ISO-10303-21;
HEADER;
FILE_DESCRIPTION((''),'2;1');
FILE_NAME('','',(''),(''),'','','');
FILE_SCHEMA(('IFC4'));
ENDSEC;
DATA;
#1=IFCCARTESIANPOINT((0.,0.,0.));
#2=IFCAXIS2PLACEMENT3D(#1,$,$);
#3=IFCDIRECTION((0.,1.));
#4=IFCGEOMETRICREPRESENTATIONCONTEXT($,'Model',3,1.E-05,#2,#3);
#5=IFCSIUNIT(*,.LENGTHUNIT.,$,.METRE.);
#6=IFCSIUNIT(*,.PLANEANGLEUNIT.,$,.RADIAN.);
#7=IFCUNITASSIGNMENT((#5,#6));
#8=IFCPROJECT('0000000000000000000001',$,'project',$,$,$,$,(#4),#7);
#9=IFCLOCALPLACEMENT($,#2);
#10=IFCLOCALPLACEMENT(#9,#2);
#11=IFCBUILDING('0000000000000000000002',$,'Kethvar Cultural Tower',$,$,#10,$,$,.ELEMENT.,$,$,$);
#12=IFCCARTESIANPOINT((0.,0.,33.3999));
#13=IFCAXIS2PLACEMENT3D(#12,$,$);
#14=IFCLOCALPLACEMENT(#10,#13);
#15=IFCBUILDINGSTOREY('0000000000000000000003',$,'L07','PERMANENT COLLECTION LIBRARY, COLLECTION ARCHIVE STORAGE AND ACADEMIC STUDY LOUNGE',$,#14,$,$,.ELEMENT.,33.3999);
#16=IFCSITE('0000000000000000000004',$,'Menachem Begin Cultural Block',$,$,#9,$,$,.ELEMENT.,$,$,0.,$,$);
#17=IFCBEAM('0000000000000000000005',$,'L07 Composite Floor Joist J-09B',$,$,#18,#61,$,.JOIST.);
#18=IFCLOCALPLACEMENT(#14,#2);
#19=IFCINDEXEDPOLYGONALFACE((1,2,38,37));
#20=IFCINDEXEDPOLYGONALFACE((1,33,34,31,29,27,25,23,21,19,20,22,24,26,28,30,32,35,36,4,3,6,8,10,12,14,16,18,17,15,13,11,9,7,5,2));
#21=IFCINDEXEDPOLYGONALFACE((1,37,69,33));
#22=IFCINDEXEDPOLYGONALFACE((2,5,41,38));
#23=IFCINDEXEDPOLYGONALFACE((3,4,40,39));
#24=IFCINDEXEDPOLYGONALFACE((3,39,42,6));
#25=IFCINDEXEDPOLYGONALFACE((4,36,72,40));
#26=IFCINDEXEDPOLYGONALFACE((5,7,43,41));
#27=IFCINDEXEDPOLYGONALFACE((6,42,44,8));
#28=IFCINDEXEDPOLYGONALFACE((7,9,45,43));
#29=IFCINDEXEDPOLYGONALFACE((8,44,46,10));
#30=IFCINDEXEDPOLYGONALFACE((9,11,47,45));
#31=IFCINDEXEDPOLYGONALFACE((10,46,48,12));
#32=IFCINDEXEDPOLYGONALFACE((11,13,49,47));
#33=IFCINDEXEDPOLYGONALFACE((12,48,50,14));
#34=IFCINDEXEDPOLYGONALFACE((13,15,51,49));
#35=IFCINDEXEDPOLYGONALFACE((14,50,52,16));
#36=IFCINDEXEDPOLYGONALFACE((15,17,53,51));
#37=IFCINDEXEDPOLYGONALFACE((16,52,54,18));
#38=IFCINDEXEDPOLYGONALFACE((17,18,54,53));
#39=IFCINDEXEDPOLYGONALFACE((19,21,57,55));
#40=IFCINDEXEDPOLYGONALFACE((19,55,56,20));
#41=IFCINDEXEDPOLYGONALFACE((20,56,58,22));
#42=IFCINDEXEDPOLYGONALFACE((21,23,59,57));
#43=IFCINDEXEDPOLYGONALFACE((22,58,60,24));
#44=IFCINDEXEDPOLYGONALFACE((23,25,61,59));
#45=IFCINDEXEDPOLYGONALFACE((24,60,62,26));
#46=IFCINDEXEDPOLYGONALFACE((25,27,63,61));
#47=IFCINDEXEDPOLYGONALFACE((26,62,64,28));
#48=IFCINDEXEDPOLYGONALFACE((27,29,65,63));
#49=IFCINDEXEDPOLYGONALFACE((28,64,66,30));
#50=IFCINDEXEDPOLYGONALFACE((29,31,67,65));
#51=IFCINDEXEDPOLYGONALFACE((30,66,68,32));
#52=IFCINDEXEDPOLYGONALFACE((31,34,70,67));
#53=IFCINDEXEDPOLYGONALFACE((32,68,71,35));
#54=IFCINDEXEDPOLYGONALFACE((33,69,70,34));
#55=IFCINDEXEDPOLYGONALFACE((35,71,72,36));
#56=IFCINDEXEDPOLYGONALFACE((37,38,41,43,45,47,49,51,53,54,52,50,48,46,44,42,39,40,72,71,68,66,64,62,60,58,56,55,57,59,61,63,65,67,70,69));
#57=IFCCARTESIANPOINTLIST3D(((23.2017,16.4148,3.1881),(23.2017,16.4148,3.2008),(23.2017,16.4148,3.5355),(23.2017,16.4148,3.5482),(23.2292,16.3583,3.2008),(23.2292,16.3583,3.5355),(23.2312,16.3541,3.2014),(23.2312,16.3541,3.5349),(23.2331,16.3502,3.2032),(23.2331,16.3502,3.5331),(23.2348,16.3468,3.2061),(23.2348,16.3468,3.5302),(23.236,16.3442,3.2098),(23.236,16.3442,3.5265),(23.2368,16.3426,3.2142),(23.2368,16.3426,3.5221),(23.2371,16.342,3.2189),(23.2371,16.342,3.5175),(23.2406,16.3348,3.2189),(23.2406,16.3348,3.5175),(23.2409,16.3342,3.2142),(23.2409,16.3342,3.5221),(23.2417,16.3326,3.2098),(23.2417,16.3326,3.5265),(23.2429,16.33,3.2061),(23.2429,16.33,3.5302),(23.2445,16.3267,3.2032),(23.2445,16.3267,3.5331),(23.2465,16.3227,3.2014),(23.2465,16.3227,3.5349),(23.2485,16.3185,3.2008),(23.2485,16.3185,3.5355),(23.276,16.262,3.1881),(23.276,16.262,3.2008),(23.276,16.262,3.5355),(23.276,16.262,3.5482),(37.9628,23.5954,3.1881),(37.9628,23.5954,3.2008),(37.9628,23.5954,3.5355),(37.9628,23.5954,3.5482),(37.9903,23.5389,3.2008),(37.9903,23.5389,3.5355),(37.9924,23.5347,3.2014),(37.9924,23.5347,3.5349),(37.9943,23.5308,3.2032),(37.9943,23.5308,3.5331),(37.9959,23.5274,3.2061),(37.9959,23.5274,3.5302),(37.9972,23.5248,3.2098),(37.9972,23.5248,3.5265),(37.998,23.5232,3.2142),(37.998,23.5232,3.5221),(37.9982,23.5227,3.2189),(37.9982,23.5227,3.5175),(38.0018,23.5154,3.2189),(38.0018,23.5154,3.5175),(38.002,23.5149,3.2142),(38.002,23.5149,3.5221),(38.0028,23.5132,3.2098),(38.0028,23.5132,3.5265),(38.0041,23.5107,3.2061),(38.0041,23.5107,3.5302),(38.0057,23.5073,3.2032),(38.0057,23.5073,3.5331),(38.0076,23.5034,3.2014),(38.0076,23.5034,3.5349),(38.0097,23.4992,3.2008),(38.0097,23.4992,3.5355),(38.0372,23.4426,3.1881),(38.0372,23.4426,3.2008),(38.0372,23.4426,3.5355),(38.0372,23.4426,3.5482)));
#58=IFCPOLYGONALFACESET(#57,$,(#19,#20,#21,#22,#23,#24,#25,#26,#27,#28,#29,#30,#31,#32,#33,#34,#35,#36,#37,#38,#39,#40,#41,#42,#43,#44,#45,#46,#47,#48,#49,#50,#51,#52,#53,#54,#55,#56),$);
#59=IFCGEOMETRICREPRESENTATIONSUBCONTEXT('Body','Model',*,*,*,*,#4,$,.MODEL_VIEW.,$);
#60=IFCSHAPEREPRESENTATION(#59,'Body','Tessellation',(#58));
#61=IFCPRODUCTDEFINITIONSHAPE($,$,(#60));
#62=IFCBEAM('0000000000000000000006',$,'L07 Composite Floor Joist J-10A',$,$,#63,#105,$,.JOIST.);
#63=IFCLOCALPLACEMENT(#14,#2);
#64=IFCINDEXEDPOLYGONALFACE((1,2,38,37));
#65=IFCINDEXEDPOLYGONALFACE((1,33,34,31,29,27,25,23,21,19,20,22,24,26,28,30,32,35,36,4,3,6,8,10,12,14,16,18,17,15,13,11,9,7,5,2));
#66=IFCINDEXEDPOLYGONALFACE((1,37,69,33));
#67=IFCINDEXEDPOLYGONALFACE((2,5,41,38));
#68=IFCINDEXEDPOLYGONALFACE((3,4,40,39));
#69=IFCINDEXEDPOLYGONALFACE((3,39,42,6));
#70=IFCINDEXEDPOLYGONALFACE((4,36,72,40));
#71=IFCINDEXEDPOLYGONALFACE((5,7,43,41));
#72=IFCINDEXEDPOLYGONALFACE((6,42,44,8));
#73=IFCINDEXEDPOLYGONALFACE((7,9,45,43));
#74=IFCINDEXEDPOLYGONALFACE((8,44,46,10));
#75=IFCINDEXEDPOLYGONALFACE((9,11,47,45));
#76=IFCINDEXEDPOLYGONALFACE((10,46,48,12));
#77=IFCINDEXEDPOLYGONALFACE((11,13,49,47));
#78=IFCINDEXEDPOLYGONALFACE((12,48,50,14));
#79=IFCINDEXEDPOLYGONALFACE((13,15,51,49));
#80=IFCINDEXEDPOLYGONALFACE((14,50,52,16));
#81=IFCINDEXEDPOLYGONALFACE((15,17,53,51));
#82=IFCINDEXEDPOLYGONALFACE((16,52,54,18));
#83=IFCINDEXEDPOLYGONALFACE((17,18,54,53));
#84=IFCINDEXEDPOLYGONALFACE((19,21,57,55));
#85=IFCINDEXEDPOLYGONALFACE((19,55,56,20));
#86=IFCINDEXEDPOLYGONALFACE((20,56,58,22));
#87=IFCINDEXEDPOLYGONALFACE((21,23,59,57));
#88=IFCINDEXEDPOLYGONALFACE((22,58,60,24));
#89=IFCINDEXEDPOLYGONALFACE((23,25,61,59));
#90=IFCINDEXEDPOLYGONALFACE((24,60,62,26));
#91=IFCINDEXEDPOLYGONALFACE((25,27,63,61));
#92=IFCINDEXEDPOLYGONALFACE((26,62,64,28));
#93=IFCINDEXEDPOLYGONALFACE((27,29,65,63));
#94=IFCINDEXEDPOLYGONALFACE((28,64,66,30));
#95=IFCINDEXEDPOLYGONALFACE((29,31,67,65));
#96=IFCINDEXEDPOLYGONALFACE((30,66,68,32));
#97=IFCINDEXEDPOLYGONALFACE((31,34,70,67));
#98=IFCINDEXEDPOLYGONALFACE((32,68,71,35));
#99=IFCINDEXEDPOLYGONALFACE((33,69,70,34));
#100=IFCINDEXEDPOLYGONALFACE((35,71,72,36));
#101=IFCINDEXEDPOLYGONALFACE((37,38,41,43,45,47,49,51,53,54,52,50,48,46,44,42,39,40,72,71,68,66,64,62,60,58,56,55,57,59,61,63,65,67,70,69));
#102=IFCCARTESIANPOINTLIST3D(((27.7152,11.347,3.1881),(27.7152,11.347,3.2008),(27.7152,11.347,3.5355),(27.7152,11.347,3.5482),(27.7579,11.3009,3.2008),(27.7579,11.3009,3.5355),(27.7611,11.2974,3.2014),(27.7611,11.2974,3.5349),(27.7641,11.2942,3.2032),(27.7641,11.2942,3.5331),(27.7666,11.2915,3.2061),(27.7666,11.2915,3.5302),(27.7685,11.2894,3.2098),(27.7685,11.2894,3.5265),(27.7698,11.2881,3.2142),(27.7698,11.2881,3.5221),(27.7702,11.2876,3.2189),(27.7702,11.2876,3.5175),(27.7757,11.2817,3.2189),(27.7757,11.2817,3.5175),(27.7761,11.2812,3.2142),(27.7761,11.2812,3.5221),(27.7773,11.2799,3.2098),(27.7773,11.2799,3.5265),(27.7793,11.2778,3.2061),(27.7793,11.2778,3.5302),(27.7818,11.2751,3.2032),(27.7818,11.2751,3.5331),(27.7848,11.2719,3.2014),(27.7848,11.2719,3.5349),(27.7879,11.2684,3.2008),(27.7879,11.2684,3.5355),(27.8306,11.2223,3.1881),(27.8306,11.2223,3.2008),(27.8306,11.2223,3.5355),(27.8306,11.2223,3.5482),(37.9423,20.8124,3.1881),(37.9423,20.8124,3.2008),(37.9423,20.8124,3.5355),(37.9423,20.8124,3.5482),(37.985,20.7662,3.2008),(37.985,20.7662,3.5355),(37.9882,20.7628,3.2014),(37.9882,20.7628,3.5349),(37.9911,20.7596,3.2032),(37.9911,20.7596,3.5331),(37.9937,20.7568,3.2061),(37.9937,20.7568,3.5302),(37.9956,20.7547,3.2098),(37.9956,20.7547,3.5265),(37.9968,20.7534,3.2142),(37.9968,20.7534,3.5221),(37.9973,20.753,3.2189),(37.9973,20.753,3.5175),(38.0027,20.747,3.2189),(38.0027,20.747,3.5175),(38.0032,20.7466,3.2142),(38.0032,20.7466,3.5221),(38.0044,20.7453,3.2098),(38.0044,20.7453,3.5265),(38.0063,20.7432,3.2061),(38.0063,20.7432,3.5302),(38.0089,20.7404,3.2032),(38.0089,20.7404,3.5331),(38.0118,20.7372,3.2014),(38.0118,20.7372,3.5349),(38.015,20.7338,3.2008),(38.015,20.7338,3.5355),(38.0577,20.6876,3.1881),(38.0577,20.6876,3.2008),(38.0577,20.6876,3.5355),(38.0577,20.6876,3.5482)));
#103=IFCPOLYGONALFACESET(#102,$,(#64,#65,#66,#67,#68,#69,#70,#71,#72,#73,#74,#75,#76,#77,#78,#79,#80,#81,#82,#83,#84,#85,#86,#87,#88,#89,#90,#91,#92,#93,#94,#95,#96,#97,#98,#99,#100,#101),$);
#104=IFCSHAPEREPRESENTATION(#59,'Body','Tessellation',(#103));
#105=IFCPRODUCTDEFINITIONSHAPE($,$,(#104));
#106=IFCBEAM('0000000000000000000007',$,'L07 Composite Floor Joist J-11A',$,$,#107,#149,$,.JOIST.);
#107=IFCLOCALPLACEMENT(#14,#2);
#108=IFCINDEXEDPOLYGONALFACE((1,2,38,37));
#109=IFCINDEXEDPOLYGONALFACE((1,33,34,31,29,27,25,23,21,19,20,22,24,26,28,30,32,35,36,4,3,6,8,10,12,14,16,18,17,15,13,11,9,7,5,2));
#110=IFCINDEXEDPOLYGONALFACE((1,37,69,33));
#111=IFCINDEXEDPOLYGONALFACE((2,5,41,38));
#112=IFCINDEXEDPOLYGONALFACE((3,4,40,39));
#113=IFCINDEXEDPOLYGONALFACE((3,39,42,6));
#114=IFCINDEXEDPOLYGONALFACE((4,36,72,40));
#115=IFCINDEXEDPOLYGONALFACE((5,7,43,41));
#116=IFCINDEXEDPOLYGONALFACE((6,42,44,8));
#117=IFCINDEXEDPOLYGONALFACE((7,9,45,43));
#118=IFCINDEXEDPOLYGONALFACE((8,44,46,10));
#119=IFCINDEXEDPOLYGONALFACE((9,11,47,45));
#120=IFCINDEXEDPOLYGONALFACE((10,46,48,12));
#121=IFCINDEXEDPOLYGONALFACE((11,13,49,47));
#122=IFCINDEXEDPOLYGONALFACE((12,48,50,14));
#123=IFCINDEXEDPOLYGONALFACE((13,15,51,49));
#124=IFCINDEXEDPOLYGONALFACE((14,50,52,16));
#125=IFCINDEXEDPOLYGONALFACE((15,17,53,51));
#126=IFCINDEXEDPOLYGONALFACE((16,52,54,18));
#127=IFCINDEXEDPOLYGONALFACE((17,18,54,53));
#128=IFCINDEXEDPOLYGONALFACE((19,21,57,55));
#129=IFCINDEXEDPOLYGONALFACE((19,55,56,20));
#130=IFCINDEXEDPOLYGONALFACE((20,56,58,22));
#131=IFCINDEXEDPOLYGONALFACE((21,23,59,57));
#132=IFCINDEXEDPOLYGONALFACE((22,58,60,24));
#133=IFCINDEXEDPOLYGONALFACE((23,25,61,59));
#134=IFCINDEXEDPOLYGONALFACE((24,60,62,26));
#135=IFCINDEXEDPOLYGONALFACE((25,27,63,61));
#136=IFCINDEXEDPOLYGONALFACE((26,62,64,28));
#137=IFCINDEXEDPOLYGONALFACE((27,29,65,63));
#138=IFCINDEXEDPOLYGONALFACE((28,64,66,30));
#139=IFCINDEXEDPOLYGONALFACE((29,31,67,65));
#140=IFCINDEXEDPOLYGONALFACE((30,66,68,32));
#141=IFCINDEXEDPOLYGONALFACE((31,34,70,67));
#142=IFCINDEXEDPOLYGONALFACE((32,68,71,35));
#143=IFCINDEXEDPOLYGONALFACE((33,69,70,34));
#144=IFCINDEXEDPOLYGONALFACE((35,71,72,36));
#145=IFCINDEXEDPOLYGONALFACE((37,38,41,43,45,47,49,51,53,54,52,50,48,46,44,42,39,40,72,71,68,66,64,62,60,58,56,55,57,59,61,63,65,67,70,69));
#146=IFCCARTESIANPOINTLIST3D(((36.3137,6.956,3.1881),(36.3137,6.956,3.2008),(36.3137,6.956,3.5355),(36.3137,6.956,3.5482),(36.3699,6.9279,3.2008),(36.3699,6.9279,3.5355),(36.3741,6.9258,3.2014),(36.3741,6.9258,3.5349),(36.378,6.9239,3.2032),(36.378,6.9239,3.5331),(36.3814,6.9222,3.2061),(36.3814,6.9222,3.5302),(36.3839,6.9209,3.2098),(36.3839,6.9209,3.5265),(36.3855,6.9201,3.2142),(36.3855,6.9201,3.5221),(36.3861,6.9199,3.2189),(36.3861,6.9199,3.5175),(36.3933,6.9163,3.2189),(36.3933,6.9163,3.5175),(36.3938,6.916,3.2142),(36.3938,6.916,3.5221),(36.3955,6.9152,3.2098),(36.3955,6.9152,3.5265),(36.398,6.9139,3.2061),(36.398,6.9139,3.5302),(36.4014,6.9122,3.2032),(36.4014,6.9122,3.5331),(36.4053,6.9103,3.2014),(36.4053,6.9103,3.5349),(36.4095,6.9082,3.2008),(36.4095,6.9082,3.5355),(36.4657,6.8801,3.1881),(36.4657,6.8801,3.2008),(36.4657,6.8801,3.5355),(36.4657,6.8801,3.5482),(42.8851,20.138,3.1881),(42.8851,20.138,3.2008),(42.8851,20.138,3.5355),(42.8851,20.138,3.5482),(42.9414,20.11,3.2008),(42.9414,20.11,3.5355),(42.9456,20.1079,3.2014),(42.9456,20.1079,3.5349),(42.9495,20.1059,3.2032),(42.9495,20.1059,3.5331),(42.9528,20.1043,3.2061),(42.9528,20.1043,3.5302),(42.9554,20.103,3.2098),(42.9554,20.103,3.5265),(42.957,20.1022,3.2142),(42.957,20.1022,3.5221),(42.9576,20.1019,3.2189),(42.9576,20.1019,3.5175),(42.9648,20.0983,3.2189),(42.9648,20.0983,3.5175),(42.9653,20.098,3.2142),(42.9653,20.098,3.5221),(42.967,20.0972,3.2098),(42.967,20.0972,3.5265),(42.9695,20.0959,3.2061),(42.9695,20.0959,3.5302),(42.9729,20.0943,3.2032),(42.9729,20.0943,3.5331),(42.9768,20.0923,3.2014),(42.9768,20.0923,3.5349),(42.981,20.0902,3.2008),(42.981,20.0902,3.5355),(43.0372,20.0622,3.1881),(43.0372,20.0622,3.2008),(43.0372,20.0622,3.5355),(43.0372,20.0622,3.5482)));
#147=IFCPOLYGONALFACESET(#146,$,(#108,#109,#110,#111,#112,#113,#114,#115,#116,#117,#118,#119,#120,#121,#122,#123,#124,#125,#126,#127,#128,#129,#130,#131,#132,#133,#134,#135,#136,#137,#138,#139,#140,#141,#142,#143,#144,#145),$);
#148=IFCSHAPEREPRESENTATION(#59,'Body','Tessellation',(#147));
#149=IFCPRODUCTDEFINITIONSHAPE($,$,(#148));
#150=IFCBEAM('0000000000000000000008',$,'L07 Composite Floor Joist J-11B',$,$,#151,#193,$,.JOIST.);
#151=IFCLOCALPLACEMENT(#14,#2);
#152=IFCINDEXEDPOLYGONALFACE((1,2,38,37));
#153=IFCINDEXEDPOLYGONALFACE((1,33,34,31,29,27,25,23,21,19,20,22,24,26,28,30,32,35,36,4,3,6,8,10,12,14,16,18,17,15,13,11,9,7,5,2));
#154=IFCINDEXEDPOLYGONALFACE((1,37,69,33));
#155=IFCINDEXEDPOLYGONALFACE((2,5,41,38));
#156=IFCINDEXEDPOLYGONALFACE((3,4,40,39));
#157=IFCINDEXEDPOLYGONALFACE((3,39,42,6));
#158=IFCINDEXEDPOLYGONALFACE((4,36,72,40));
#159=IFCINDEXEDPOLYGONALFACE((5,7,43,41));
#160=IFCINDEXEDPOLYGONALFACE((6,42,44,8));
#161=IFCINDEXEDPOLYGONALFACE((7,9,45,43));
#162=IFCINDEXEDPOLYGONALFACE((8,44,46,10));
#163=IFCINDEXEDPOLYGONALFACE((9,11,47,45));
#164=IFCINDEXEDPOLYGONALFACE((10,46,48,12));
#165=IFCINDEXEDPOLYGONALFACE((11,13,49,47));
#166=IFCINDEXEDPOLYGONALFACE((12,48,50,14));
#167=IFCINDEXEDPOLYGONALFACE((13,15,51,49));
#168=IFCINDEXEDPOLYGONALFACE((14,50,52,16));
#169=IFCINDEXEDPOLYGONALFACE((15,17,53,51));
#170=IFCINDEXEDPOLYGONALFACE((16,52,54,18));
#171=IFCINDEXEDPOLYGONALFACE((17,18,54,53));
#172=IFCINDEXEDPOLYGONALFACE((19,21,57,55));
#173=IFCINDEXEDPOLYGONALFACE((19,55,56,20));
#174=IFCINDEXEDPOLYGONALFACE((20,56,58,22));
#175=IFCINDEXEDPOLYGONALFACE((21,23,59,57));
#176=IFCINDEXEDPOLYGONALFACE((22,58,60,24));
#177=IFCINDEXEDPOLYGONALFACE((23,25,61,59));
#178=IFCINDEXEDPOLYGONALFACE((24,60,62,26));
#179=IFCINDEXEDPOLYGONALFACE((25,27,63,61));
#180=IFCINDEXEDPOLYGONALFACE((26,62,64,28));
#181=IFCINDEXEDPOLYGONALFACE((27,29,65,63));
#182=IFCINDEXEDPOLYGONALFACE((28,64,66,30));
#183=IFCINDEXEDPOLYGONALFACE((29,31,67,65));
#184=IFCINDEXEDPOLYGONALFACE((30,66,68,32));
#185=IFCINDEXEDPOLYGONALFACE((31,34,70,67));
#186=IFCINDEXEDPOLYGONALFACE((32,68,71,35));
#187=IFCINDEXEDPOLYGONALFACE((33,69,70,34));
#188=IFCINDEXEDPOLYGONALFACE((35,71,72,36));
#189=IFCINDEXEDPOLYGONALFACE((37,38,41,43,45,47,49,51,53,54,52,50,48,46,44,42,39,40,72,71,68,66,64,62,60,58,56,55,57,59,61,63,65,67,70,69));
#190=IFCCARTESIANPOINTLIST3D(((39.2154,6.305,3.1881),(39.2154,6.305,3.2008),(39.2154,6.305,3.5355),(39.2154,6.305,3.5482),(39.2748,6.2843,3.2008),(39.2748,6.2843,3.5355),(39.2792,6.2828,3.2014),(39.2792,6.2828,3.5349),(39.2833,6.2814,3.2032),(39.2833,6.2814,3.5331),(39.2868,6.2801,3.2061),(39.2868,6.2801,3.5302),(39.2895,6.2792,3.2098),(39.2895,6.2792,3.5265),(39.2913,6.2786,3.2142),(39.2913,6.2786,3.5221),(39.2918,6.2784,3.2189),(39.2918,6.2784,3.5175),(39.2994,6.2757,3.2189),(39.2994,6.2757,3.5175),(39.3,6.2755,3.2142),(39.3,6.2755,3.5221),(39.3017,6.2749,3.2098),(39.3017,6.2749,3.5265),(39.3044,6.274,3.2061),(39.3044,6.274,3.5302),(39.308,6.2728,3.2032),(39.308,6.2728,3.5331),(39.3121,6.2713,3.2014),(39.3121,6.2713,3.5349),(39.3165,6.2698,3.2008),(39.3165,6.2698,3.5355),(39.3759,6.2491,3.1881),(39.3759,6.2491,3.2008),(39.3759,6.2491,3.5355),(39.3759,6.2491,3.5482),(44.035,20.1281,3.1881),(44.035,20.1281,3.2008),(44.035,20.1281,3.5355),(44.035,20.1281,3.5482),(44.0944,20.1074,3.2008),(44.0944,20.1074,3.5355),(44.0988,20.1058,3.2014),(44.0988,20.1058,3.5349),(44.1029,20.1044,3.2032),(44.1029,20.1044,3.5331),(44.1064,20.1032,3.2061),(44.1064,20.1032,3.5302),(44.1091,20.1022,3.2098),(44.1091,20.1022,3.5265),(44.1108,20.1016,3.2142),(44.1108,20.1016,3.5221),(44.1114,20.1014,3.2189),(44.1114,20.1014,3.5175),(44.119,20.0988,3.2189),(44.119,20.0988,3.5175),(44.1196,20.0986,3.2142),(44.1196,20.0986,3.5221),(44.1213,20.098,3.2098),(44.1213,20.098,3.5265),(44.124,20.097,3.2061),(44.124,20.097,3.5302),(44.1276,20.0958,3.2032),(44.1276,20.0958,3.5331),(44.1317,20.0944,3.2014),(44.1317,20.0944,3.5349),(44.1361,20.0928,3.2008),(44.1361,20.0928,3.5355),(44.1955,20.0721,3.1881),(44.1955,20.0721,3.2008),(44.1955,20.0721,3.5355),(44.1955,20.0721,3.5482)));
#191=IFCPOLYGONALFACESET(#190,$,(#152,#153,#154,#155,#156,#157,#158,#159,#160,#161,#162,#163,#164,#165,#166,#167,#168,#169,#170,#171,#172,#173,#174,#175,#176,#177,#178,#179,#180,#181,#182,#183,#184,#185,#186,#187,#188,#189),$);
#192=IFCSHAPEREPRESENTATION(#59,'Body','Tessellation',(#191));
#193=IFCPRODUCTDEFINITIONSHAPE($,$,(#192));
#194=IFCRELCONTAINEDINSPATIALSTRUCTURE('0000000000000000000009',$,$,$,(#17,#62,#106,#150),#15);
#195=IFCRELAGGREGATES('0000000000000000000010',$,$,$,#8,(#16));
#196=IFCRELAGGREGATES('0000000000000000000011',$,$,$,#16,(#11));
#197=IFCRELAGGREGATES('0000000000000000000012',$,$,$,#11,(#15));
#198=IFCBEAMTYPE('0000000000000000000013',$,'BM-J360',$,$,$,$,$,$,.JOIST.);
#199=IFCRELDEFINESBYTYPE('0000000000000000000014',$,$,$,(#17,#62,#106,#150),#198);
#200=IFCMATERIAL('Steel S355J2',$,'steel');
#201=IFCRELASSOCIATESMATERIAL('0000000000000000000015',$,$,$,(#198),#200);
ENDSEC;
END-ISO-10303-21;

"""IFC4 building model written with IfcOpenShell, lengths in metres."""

from ifc_helpers import new_model, si_unit, direction, frame, origin, origin_2d, place, context, subcontext, project, spatial, i_section, extrude, source, transform, mapped, material, material_profile, profile_set, type_object, element, save


model = new_model("IFC4")

# Units and contexts
model_context = context("Model", 3, precision=1e-05, world=origin(), true_north=direction((0.0, 1.0)))
body_context = subcontext(model_context, "Body", "Model", "MODEL_VIEW")
ifc_project = project(units=[si_unit("LENGTHUNIT", "METRE"), si_unit("PLANEANGLEUNIT", "RADIAN")], contexts=[model_context])

# Site, building, storey
site_placement = place(None, origin())
site = spatial("IfcSite", under=ifc_project, at=site_placement, Name="Menachem Begin Cultural Block", CompositionType="ELEMENT", RefElevation=0.0)
building_placement = place(site_placement, origin())
building = spatial("IfcBuilding", under=site, at=building_placement, Name="Kethvar Cultural Tower", CompositionType="ELEMENT")
storey_placement = place(building_placement, frame((0.0, 0.0, 33.3999)))
storey = spatial("IfcBuildingStorey", under=building, at=storey_placement, Name="L07", Description="PERMANENT COLLECTION LIBRARY, COLLECTION ARCHIVE STORAGE AND ACADEMIC STUDY LOUNGE", CompositionType="ELEMENT", Elevation=33.3999)

# Beams
ifc_material_1 = material(Name="Steel S355J2", Category="steel")
ifc_material_profile_1 = material_profile(ifc_material_1, i_section(OverallWidth=0.1699, OverallDepth=0.3601, WebThickness=0.0081, FlangeThickness=0.0127, FilletRadius=0.0181, at=origin_2d()), Name="Steel S355J2 — IPE360")
ifc_profile_set_1 = profile_set([ifc_material_profile_1], Name="Steel S355J2 — IPE360")
beam_type_1 = type_object("IfcBeamType", Name="BM-J360", PredefinedType="JOIST", material=ifc_profile_set_1)
shared_shape_1 = source(origin(), body_context, "Body", "SweptSolid", [
    extrude(i_section(OverallWidth=0.1699, OverallDepth=0.3601, WebThickness=0.0081, FlangeThickness=0.0127, FilletRadius=0.0181, at=origin_2d()), origin(), (0.0, 0.0, 1.0), 16.415),
])
beam_1_placement = place(storey_placement, frame((38.0, 23.519, 3.3682), z_axis=(-0.899246, -0.437442, 0.0), x_axis=(0.437442, -0.899246, 0.0)))
element("IfcBeam", 1, at=beam_1_placement, inside=storey, type_object=beam_type_1, Name="L07 Composite Floor Joist J-09B", PredefinedType="JOIST", context=body_context, shape_type="MappedRepresentation", body=[
    mapped(shared_shape_1, transform((0.0, 0.0, 0.0), scale=1.0)),
])
shared_shape_2 = source(origin(), body_context, "Body", "SweptSolid", [
    extrude(i_section(OverallWidth=0.1699, OverallDepth=0.3601, WebThickness=0.0081, FlangeThickness=0.0127, FilletRadius=0.0181, at=origin_2d()), origin(), (0.0, 0.0, 1.0), 13.9351),
])
beam_2_placement = place(storey_placement, frame((38.0, 20.75, 3.3682), z_axis=(-0.733909, -0.679247, 0.0), x_axis=(0.679247, -0.733909, 0.0)))
element("IfcBeam", 2, at=beam_2_placement, inside=storey, type_object=beam_type_1, Name="L07 Composite Floor Joist J-10A", PredefinedType="JOIST", context=body_context, shape_type="MappedRepresentation", body=[
    mapped(shared_shape_2, transform((0.0, 0.0, 0.0), scale=1.0)),
])
shared_shape_3 = source(origin(), body_context, "Body", "SweptSolid", [
    extrude(i_section(OverallWidth=0.1699, OverallDepth=0.3601, WebThickness=0.0081, FlangeThickness=0.0127, FilletRadius=0.0181, at=origin_2d()), origin(), (0.0, 0.0, 1.0), 14.7292),
])
beam_3_placement = place(storey_placement, frame((42.9612, 20.1001, 3.3682), z_axis=(-0.446152, -0.894957, 0.0), x_axis=(0.894957, -0.446152, 0.0)))
element("IfcBeam", 3, at=beam_3_placement, inside=storey, type_object=beam_type_1, Name="L07 Composite Floor Joist J-11A", PredefinedType="JOIST", context=body_context, shape_type="MappedRepresentation", body=[
    mapped(shared_shape_3, transform((0.0, 0.0, 0.0), scale=1.0)),
])
shared_shape_4 = source(origin(), body_context, "Body", "SweptSolid", [
    extrude(i_section(OverallWidth=0.1699, OverallDepth=0.3601, WebThickness=0.0081, FlangeThickness=0.0127, FilletRadius=0.0181, at=origin_2d()), origin(), (0.0, 0.0, 1.0), 14.6392),
])
beam_4_placement = place(storey_placement, frame((44.1152, 20.1001, 3.3682), z_axis=(-0.329226, -0.944251, 0.0), x_axis=(0.944251, -0.329226, 0.0)))
element("IfcBeam", 4, at=beam_4_placement, inside=storey, type_object=beam_type_1, Name="L07 Composite Floor Joist J-11B", PredefinedType="JOIST", context=body_context, shape_type="MappedRepresentation", body=[
    mapped(shared_shape_4, transform((0.0, 0.0, 0.0), scale=1.0)),
])

save(model, "model.ifc")
